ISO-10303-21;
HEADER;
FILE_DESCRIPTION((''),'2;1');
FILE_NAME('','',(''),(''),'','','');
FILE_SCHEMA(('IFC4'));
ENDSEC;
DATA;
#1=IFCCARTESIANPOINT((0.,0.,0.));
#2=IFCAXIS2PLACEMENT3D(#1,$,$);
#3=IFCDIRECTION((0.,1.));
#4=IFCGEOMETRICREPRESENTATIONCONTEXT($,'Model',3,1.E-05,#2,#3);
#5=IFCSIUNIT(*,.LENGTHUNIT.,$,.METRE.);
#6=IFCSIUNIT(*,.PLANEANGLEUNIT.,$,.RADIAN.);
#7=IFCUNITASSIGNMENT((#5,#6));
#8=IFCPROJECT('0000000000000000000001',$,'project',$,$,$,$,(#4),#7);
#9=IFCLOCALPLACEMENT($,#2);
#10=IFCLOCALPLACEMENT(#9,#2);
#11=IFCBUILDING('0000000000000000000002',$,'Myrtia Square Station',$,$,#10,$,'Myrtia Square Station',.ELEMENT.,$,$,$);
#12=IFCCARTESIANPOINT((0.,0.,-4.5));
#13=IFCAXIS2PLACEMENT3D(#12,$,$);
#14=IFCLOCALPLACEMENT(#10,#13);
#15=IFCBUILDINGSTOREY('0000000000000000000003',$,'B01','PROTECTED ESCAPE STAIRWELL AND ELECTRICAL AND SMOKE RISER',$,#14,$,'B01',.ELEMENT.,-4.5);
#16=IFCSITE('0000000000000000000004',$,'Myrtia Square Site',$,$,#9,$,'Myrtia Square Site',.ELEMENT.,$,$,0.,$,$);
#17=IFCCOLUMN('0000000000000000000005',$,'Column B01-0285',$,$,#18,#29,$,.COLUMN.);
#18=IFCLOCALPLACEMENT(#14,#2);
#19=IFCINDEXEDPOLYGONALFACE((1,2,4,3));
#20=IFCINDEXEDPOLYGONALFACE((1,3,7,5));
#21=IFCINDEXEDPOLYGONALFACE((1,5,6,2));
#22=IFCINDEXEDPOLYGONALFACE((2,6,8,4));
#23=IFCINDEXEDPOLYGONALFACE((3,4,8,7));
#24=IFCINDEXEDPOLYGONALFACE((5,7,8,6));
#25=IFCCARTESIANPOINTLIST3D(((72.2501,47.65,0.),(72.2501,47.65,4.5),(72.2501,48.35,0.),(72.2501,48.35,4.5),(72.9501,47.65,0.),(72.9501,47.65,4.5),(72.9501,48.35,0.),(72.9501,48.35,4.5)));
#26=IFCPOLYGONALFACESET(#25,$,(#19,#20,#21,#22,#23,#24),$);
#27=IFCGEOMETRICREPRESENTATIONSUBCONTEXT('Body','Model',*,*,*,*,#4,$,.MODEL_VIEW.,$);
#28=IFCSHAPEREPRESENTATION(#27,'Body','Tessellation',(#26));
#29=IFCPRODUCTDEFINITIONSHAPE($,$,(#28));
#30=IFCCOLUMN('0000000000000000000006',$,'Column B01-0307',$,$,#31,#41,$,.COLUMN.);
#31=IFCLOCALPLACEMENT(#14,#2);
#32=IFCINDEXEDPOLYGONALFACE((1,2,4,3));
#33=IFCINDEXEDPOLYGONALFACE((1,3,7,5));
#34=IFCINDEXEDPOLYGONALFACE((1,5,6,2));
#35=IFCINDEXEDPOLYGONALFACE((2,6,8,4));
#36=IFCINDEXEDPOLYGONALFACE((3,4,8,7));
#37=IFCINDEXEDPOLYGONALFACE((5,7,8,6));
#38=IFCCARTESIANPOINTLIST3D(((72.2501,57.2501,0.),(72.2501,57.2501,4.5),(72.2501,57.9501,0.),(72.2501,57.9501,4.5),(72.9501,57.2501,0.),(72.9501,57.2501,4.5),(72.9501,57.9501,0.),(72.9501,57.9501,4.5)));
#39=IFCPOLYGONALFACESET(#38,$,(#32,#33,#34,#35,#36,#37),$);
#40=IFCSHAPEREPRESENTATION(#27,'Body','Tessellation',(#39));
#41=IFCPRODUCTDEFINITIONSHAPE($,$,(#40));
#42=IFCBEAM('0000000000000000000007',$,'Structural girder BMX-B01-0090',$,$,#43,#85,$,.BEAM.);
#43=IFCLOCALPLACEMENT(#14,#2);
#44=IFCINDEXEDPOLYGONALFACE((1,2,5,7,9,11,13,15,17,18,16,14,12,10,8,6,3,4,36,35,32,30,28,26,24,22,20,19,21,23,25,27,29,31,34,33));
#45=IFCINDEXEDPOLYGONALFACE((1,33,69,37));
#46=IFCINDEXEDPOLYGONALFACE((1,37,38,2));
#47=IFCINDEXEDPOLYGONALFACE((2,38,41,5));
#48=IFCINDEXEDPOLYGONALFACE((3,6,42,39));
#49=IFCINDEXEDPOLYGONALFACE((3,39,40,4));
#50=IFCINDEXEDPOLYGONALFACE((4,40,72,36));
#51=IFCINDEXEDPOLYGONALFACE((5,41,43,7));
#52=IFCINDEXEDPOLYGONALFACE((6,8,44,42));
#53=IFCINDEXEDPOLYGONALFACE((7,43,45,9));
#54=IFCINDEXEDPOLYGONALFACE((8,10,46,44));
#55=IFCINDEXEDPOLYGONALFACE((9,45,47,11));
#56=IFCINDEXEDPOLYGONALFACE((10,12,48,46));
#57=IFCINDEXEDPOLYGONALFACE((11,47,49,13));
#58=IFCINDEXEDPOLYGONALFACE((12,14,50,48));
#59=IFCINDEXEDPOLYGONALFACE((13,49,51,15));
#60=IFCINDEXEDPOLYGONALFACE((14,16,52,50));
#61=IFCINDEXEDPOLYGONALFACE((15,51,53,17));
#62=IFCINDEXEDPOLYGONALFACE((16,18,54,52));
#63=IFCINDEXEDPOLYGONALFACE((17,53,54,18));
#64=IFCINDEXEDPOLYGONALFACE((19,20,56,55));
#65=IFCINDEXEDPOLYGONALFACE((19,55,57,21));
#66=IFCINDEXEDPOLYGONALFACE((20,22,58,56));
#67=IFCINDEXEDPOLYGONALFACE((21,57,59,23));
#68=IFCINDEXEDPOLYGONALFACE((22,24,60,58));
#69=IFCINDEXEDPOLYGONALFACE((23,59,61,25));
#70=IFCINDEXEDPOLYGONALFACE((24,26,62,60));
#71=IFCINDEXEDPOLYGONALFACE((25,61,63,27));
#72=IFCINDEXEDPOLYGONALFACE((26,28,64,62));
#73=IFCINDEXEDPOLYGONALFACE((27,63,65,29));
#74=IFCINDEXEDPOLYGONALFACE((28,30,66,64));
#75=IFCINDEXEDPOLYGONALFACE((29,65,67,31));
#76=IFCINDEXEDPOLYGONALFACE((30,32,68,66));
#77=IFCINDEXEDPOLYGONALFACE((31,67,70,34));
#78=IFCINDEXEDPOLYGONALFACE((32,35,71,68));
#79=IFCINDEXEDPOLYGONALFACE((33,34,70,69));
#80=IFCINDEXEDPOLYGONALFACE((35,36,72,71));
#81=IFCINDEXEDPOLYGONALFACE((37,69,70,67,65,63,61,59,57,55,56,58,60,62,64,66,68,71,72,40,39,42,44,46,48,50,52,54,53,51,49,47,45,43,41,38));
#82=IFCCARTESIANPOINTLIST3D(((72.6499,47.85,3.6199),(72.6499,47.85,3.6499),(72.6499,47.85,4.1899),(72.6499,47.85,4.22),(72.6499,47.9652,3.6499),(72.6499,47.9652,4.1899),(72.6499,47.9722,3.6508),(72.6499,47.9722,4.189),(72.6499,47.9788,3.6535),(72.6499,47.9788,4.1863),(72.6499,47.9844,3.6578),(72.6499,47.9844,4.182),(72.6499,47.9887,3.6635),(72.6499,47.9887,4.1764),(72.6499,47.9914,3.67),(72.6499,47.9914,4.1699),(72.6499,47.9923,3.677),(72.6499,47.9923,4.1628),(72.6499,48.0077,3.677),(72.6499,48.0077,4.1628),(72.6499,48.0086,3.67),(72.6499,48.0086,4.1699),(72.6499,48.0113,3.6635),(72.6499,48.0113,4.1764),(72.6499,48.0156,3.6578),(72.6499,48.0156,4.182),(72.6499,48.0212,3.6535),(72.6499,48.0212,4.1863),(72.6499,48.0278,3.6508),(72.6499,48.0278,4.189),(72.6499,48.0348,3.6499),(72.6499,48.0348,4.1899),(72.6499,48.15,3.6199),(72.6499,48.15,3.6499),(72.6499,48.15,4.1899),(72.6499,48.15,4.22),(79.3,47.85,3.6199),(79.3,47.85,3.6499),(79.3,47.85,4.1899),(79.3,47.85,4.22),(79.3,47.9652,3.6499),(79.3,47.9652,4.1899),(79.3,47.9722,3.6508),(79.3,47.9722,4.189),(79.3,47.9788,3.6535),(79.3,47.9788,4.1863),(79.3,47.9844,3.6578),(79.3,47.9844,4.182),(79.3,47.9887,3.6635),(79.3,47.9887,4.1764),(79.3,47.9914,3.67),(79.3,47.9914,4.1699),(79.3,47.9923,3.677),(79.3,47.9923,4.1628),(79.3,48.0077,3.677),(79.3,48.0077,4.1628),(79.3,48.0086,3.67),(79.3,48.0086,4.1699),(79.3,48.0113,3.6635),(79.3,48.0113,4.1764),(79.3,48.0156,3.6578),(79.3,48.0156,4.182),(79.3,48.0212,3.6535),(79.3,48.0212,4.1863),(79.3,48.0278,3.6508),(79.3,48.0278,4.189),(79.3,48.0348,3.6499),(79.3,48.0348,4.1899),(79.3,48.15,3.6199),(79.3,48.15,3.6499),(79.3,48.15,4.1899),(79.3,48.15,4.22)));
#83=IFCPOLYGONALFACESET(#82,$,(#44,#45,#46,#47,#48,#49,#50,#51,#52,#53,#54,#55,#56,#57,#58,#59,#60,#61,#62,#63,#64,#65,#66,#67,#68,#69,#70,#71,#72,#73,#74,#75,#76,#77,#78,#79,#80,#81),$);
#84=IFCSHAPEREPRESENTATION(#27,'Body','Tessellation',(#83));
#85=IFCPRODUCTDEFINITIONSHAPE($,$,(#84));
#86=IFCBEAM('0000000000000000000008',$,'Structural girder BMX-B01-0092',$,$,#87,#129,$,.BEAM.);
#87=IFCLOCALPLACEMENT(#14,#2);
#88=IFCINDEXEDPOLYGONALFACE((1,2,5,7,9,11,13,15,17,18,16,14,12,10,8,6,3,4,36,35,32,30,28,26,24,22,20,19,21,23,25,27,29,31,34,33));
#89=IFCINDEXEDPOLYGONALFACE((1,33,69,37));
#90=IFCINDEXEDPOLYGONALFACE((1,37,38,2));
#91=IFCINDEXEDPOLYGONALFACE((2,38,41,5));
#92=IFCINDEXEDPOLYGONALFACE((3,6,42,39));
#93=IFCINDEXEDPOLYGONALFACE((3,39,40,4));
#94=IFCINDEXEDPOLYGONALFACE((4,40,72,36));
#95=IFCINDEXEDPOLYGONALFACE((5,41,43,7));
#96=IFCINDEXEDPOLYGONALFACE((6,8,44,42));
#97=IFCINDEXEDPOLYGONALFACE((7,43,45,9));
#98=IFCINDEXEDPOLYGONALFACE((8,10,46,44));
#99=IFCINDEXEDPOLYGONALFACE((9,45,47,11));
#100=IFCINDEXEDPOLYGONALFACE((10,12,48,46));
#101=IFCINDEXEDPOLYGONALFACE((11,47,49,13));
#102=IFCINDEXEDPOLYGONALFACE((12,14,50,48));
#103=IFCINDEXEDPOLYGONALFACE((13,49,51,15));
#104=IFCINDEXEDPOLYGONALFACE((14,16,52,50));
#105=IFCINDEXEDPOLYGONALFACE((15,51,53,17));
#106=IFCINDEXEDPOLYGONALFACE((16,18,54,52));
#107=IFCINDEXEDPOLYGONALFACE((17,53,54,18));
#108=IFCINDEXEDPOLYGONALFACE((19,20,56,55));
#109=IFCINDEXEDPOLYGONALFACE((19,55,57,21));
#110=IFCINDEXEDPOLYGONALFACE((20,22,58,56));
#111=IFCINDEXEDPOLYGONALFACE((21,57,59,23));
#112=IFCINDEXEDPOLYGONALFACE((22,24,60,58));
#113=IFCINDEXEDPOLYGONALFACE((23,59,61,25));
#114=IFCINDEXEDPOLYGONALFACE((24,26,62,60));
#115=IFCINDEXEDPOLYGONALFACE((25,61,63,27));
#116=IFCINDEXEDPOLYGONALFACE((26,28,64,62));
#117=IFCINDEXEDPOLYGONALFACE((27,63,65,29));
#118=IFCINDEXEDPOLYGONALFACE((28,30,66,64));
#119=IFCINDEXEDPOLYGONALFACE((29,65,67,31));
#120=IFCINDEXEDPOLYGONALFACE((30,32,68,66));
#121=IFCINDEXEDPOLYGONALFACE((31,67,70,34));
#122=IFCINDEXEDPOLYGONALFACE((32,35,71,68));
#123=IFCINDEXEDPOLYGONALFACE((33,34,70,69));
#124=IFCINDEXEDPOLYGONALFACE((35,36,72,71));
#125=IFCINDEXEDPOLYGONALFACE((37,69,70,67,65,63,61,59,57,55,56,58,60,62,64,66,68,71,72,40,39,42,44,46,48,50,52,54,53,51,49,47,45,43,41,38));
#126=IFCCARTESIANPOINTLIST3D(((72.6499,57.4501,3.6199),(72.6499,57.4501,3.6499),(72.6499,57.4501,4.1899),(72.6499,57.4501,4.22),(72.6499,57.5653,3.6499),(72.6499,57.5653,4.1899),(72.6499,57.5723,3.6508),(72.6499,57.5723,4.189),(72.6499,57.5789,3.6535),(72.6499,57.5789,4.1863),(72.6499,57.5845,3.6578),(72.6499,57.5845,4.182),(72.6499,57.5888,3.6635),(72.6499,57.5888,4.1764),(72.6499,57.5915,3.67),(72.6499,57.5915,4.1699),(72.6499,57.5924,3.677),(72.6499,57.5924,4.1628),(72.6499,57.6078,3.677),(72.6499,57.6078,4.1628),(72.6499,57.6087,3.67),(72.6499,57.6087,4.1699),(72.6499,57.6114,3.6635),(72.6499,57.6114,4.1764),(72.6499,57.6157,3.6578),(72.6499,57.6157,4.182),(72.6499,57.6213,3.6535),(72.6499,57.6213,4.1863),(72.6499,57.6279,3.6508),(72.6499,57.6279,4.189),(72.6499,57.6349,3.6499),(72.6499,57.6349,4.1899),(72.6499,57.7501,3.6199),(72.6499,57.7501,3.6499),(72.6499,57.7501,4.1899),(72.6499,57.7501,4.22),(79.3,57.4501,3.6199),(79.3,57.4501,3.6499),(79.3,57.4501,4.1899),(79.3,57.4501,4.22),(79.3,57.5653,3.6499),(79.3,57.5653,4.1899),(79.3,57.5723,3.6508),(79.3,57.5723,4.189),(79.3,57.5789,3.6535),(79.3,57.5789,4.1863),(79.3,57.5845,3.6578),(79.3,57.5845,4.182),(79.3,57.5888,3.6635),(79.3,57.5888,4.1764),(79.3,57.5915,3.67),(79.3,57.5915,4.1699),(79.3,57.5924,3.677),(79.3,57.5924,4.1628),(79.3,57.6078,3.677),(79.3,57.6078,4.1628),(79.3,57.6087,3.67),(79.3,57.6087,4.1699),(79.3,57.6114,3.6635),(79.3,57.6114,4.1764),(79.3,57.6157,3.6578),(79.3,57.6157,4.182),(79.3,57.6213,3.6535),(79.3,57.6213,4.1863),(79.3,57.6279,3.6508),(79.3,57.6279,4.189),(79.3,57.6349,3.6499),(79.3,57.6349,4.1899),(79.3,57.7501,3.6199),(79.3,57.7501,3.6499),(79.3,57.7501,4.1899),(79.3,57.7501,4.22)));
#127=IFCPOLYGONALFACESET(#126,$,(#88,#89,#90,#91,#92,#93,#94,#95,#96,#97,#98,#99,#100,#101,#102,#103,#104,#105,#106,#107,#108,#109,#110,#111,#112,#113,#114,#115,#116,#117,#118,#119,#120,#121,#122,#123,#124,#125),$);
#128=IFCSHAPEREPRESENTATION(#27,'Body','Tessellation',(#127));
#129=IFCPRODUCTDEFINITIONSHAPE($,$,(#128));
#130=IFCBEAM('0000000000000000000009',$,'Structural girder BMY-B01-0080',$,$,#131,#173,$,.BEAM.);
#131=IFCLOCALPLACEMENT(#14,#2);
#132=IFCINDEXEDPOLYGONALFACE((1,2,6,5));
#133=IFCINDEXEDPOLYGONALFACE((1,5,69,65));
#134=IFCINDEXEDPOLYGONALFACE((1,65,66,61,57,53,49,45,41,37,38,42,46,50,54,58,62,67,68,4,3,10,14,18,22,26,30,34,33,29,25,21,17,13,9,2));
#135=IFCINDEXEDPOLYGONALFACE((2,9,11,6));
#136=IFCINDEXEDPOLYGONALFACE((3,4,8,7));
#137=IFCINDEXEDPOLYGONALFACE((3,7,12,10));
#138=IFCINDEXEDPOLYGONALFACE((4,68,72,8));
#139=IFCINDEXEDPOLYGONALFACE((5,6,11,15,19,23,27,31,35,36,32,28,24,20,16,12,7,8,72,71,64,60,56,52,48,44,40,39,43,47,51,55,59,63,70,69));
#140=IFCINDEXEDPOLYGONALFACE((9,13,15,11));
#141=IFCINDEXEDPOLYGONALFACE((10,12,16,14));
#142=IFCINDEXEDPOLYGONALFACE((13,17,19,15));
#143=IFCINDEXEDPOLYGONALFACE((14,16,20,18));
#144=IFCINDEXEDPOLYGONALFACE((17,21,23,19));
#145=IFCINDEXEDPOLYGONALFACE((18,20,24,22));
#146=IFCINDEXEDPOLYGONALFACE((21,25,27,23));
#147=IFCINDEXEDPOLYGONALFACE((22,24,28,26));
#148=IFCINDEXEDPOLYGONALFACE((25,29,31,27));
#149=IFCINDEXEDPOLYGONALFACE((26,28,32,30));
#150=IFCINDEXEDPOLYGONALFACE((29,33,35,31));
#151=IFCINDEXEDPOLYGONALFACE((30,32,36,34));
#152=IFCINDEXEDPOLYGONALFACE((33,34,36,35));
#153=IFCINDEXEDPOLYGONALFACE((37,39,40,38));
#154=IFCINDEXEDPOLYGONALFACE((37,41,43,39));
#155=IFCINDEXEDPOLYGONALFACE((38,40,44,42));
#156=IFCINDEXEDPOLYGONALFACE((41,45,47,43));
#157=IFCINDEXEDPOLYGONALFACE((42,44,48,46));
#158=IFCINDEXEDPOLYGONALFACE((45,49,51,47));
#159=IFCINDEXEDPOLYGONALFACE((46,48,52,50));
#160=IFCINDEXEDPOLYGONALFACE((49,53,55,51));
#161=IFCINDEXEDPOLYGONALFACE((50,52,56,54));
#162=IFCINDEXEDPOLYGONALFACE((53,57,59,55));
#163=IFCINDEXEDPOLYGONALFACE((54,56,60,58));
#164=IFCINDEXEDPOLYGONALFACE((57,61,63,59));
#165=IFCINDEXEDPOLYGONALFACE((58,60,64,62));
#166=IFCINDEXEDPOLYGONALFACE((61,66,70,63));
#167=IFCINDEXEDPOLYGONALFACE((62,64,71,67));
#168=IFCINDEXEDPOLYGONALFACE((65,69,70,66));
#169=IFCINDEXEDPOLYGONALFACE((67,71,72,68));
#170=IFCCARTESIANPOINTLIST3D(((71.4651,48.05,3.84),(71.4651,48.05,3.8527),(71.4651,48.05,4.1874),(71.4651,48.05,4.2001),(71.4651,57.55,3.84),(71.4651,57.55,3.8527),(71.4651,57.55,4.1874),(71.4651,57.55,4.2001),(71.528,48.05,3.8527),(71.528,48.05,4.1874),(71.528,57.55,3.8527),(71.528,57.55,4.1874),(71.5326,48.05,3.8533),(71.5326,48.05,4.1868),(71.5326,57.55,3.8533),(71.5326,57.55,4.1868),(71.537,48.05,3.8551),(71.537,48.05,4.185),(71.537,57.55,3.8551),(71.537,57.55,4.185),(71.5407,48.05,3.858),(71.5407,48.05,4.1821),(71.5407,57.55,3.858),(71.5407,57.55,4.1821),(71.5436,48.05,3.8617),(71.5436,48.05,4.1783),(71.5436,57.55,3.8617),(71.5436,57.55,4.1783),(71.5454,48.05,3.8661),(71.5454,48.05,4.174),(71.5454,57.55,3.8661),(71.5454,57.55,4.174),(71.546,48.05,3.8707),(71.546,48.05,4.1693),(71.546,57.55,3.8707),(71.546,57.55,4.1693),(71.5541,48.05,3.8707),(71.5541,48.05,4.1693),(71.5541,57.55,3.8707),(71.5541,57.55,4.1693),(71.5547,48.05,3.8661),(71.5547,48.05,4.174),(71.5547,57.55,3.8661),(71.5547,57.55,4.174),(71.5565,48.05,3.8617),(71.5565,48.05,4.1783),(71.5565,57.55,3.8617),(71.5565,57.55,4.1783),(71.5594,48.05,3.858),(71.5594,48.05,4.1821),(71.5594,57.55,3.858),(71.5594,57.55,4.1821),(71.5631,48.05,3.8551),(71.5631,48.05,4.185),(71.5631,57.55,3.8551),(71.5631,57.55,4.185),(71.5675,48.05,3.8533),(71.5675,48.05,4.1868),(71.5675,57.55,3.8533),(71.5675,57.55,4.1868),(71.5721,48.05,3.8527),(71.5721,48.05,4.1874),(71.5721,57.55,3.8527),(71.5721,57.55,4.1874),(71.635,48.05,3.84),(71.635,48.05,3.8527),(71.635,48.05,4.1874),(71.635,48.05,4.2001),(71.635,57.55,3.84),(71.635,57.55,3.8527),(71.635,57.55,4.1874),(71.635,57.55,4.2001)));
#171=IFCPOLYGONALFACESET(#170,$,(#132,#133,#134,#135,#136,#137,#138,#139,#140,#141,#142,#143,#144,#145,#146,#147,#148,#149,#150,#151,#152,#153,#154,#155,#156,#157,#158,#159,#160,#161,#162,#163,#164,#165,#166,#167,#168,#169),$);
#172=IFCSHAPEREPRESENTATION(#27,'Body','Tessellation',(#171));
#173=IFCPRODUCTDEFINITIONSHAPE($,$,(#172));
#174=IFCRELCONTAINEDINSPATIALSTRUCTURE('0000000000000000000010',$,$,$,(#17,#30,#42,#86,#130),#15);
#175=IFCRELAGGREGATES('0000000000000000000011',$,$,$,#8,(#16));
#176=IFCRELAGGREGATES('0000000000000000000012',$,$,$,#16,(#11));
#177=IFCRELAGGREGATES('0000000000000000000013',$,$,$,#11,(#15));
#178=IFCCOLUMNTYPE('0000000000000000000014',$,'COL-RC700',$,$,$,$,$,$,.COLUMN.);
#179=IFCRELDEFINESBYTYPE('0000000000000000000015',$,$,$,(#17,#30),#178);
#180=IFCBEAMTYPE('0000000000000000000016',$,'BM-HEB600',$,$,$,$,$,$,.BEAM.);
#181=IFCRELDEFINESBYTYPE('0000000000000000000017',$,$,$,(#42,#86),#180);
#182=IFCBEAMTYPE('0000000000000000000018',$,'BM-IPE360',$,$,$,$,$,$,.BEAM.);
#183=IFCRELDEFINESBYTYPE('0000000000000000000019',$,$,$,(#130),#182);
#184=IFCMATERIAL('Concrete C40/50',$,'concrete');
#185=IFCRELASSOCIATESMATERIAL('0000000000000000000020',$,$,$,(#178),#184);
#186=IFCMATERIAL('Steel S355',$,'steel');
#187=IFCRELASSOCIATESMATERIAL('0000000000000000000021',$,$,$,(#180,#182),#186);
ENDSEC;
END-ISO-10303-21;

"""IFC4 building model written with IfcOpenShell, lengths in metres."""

from ifc_helpers import new_model, si_unit, direction, frame, origin, origin_2d, place, context, subcontext, project, spatial, rectangle, i_section, extrude, material, material_profile, profile_set, type_object, element, save


model = new_model("IFC4")

# Units and contexts
model_context = context("Model", 3, precision=1e-05, world=origin(), true_north=direction((0.0, 1.0)))
body_context = subcontext(model_context, "Body", "Model", "MODEL_VIEW")
ifc_project = project(units=[si_unit("LENGTHUNIT", "METRE"), si_unit("PLANEANGLEUNIT", "RADIAN")], contexts=[model_context])

# Site, building, storey
site_placement = place(None, origin())
site = spatial("IfcSite", under=ifc_project, at=site_placement, Name="Myrtia Square Site", LongName="Myrtia Square Site", CompositionType="ELEMENT", RefElevation=0.0)
building_placement = place(site_placement, origin())
building = spatial("IfcBuilding", under=site, at=building_placement, Name="Myrtia Square Station", LongName="Myrtia Square Station", CompositionType="ELEMENT")
storey_placement = place(building_placement, frame((0.0, 0.0, -4.5)))
storey = spatial("IfcBuildingStorey", under=building, at=storey_placement, Name="B01", Description="PROTECTED ESCAPE STAIRWELL AND ELECTRICAL AND SMOKE RISER", LongName="B01", CompositionType="ELEMENT", Elevation=-4.5)

# Columns
ifc_material_1 = material(Name="Steel S355", Category="steel")
ifc_material_2 = material(Name="Concrete C40/50", Category="concrete")
ifc_material_profile_1 = material_profile(ifc_material_2, rectangle(XDim=0.7, YDim=0.7, at=origin_2d()), Name="RC 700x700")
ifc_profile_set_1 = profile_set([ifc_material_profile_1], Name="Concrete C40/50")
column_type_1 = type_object("IfcColumnType", Name="COL-RC700", PredefinedType="COLUMN", material=ifc_profile_set_1)
for number, where, z_axis, x_axis, name in (
    (1, (72.6001, 48.0, 0.0), (0.0, 0.0, 1.0), (1.0, 0.0, 0.0), "Column B01-0285"),
    (2, (72.6001, 57.6001, 0.0), (0.0, 0.0, 1.0), (1.0, 0.0, 0.0), "Column B01-0307"),
):
    element("IfcColumn", number, at=place(storey_placement, frame(where, z_axis=z_axis, x_axis=x_axis)), inside=storey, type_object=column_type_1, Name=name, PredefinedType="COLUMN", context=body_context, shape_type="SweptSolid", body=[
        extrude(rectangle(XDim=0.7, YDim=0.7, at=origin_2d()), origin(), (0.0, 0.0, 1.0), 4.5),
    ])

# Beams
ifc_material_profile_2 = material_profile(ifc_material_1, i_section(OverallWidth=0.3, OverallDepth=0.6001, WebThickness=0.0154, FlangeThickness=0.03, FilletRadius=0.0271, at=origin_2d()), Name="HEB 600")
ifc_profile_set_2 = profile_set([ifc_material_profile_2], Name="Steel S355")
beam_type_1 = type_object("IfcBeamType", Name="BM-HEB600", PredefinedType="BEAM", material=ifc_profile_set_2)
for number, where, z_axis, x_axis, name in (
    (3, (72.6499, 48.0, 3.9199), (1.0, 0.0, 0.0), (0.0, 1.0, 0.0), "Structural girder BMX-B01-0090"),
    (4, (72.6499, 57.6001, 3.9199), (1.0, 0.0, 0.0), (0.0, 1.0, 0.0), "Structural girder BMX-B01-0092"),
):
    element("IfcBeam", number, at=place(storey_placement, frame(where, z_axis=z_axis, x_axis=x_axis)), inside=storey, type_object=beam_type_1, Name=name, PredefinedType="BEAM", context=body_context, shape_type="SweptSolid", body=[
        extrude(i_section(OverallWidth=0.3, OverallDepth=0.6001, WebThickness=0.0154, FlangeThickness=0.03, FilletRadius=0.0271, at=origin_2d()), origin(), (0.0, 0.0, 1.0), 6.6501),
    ])
ifc_material_profile_3 = material_profile(ifc_material_1, i_section(OverallWidth=0.1699, OverallDepth=0.3601, WebThickness=0.0081, FlangeThickness=0.0127, FilletRadius=0.0181, at=origin_2d()), Name="IPE 360")
ifc_profile_set_3 = profile_set([ifc_material_profile_3], Name="Steel S355")
beam_type_2 = type_object("IfcBeamType", Name="BM-IPE360", PredefinedType="BEAM", material=ifc_profile_set_3)
beam_1_placement = place(storey_placement, frame((71.55, 48.05, 4.02), z_axis=(0.0, 1.0, 0.0), x_axis=(-1.0, 0.0, 0.0)))
element("IfcBeam", 5, at=beam_1_placement, inside=storey, type_object=beam_type_2, Name="Structural girder BMY-B01-0080", PredefinedType="BEAM", context=body_context, shape_type="SweptSolid", body=[
    extrude(i_section(OverallWidth=0.1699, OverallDepth=0.3601, WebThickness=0.0081, FlangeThickness=0.0127, FilletRadius=0.0181, at=origin_2d()), origin(), (0.0, 0.0, 1.0), 9.5),
])

save(model, "model.ifc")
